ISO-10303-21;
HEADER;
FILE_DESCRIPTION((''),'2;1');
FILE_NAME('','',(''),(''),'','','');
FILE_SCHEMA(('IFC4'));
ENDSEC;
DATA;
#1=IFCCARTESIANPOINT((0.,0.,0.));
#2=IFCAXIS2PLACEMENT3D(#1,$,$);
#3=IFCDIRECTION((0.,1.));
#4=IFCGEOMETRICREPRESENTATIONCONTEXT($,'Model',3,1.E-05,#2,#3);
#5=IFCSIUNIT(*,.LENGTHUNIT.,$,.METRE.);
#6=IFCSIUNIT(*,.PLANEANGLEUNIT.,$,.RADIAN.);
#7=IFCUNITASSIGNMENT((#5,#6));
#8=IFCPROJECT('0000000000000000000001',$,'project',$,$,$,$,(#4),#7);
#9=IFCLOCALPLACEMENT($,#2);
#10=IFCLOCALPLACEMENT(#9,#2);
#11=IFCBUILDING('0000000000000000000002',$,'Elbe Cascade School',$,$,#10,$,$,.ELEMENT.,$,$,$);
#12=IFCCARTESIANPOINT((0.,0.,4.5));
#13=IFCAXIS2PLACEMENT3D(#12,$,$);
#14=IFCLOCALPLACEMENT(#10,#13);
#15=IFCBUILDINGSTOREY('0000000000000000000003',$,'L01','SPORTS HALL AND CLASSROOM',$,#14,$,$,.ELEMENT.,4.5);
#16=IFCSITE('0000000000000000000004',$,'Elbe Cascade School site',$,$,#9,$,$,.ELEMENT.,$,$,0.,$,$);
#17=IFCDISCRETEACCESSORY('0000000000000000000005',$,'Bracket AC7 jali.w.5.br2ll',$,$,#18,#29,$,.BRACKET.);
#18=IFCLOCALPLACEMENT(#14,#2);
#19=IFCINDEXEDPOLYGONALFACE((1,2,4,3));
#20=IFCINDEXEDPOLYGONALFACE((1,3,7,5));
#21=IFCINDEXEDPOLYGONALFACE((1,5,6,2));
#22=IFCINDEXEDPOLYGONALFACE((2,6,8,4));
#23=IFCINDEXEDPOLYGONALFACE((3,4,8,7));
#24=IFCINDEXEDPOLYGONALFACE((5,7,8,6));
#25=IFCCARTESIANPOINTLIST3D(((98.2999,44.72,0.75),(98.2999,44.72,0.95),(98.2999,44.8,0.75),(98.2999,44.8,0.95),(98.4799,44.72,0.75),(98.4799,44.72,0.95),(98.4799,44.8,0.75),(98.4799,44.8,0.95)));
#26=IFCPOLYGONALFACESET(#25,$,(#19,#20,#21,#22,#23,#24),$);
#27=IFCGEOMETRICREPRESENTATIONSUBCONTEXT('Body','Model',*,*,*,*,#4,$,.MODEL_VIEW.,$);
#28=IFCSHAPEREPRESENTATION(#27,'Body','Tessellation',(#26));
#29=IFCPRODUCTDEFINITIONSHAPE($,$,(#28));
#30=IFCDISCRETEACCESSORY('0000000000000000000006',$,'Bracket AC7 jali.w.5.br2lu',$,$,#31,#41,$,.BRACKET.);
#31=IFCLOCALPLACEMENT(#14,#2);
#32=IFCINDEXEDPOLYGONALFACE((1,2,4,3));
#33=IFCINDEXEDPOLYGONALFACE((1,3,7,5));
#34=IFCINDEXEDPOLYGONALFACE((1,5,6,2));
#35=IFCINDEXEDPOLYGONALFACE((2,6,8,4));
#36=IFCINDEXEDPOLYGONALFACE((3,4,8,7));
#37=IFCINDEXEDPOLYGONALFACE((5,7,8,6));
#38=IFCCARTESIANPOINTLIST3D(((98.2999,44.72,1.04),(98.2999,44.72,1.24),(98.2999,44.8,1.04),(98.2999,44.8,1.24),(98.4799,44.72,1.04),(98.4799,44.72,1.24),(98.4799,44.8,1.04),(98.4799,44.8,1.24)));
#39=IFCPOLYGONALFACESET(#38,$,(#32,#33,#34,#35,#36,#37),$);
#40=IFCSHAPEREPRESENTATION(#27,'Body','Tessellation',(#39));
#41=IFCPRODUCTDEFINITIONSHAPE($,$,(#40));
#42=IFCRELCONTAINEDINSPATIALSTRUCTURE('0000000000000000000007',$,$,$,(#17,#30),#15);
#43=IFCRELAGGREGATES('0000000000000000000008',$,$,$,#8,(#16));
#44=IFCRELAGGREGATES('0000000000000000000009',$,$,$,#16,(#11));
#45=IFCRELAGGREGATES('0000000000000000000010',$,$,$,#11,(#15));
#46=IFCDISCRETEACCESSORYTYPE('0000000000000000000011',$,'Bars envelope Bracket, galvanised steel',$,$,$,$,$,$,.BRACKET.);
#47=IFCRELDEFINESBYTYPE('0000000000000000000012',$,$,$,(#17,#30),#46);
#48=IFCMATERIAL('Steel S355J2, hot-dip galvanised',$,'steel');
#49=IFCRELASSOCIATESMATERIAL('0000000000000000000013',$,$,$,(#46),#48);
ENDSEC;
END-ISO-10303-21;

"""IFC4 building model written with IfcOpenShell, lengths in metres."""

from ifc_helpers import new_model, si_unit, direction, frame, origin, origin_2d, place, context, subcontext, project, spatial, rectangle, extrude, material, type_object, element, save


model = new_model("IFC4")

# Units and contexts
model_context = context("Model", 3, precision=1e-05, world=origin(), true_north=direction((0.0, 1.0)))
body_context = subcontext(model_context, "Body", "Model", "MODEL_VIEW")
ifc_project = project(units=[si_unit("LENGTHUNIT", "METRE"), si_unit("PLANEANGLEUNIT", "RADIAN")], contexts=[model_context])

# Site, building, storey
site_placement = place(None, origin())
site = spatial("IfcSite", under=ifc_project, at=site_placement, Name="Elbe Cascade School site", CompositionType="ELEMENT", RefElevation=0.0)
building_placement = place(site_placement, origin())
building = spatial("IfcBuilding", under=site, at=building_placement, Name="Elbe Cascade School", CompositionType="ELEMENT")
storey_placement = place(building_placement, frame((0.0, 0.0, 4.5)))
storey = spatial("IfcBuildingStorey", under=building, at=storey_placement, Name="L01", Description="SPORTS HALL AND CLASSROOM", CompositionType="ELEMENT", Elevation=4.5)

# Discrete accessories
ifc_material = material(Name="Steel S355J2, hot-dip galvanised", Category="steel")
discrete_accessory_type = type_object("IfcDiscreteAccessoryType", Name="Bars envelope Bracket, galvanised steel", PredefinedType="BRACKET", material=ifc_material)
for number, where, z_axis, x_axis, name in (
    (1, (98.3899, 44.76, 0.75), (0.0, 0.0, 1.0), (0.0, 1.0, 0.0), "Bracket AC7 jali.w.5.br2ll"),
    (2, (98.3899, 44.76, 1.04), (0.0, 0.0, 1.0), (0.0, 1.0, 0.0), "Bracket AC7 jali.w.5.br2lu"),
):
    element("IfcDiscreteAccessory", number, at=place(storey_placement, frame(where, z_axis=z_axis, x_axis=x_axis)), inside=storey, type_object=discrete_accessory_type, Name=name, PredefinedType="BRACKET", context=body_context, shape_type="SweptSolid", body=[
        extrude(rectangle(XDim=0.0801, YDim=0.1799, at=origin_2d()), origin(), (0.0, 0.0, 1.0), 0.2),
    ])

save(model, "model.ifc")
